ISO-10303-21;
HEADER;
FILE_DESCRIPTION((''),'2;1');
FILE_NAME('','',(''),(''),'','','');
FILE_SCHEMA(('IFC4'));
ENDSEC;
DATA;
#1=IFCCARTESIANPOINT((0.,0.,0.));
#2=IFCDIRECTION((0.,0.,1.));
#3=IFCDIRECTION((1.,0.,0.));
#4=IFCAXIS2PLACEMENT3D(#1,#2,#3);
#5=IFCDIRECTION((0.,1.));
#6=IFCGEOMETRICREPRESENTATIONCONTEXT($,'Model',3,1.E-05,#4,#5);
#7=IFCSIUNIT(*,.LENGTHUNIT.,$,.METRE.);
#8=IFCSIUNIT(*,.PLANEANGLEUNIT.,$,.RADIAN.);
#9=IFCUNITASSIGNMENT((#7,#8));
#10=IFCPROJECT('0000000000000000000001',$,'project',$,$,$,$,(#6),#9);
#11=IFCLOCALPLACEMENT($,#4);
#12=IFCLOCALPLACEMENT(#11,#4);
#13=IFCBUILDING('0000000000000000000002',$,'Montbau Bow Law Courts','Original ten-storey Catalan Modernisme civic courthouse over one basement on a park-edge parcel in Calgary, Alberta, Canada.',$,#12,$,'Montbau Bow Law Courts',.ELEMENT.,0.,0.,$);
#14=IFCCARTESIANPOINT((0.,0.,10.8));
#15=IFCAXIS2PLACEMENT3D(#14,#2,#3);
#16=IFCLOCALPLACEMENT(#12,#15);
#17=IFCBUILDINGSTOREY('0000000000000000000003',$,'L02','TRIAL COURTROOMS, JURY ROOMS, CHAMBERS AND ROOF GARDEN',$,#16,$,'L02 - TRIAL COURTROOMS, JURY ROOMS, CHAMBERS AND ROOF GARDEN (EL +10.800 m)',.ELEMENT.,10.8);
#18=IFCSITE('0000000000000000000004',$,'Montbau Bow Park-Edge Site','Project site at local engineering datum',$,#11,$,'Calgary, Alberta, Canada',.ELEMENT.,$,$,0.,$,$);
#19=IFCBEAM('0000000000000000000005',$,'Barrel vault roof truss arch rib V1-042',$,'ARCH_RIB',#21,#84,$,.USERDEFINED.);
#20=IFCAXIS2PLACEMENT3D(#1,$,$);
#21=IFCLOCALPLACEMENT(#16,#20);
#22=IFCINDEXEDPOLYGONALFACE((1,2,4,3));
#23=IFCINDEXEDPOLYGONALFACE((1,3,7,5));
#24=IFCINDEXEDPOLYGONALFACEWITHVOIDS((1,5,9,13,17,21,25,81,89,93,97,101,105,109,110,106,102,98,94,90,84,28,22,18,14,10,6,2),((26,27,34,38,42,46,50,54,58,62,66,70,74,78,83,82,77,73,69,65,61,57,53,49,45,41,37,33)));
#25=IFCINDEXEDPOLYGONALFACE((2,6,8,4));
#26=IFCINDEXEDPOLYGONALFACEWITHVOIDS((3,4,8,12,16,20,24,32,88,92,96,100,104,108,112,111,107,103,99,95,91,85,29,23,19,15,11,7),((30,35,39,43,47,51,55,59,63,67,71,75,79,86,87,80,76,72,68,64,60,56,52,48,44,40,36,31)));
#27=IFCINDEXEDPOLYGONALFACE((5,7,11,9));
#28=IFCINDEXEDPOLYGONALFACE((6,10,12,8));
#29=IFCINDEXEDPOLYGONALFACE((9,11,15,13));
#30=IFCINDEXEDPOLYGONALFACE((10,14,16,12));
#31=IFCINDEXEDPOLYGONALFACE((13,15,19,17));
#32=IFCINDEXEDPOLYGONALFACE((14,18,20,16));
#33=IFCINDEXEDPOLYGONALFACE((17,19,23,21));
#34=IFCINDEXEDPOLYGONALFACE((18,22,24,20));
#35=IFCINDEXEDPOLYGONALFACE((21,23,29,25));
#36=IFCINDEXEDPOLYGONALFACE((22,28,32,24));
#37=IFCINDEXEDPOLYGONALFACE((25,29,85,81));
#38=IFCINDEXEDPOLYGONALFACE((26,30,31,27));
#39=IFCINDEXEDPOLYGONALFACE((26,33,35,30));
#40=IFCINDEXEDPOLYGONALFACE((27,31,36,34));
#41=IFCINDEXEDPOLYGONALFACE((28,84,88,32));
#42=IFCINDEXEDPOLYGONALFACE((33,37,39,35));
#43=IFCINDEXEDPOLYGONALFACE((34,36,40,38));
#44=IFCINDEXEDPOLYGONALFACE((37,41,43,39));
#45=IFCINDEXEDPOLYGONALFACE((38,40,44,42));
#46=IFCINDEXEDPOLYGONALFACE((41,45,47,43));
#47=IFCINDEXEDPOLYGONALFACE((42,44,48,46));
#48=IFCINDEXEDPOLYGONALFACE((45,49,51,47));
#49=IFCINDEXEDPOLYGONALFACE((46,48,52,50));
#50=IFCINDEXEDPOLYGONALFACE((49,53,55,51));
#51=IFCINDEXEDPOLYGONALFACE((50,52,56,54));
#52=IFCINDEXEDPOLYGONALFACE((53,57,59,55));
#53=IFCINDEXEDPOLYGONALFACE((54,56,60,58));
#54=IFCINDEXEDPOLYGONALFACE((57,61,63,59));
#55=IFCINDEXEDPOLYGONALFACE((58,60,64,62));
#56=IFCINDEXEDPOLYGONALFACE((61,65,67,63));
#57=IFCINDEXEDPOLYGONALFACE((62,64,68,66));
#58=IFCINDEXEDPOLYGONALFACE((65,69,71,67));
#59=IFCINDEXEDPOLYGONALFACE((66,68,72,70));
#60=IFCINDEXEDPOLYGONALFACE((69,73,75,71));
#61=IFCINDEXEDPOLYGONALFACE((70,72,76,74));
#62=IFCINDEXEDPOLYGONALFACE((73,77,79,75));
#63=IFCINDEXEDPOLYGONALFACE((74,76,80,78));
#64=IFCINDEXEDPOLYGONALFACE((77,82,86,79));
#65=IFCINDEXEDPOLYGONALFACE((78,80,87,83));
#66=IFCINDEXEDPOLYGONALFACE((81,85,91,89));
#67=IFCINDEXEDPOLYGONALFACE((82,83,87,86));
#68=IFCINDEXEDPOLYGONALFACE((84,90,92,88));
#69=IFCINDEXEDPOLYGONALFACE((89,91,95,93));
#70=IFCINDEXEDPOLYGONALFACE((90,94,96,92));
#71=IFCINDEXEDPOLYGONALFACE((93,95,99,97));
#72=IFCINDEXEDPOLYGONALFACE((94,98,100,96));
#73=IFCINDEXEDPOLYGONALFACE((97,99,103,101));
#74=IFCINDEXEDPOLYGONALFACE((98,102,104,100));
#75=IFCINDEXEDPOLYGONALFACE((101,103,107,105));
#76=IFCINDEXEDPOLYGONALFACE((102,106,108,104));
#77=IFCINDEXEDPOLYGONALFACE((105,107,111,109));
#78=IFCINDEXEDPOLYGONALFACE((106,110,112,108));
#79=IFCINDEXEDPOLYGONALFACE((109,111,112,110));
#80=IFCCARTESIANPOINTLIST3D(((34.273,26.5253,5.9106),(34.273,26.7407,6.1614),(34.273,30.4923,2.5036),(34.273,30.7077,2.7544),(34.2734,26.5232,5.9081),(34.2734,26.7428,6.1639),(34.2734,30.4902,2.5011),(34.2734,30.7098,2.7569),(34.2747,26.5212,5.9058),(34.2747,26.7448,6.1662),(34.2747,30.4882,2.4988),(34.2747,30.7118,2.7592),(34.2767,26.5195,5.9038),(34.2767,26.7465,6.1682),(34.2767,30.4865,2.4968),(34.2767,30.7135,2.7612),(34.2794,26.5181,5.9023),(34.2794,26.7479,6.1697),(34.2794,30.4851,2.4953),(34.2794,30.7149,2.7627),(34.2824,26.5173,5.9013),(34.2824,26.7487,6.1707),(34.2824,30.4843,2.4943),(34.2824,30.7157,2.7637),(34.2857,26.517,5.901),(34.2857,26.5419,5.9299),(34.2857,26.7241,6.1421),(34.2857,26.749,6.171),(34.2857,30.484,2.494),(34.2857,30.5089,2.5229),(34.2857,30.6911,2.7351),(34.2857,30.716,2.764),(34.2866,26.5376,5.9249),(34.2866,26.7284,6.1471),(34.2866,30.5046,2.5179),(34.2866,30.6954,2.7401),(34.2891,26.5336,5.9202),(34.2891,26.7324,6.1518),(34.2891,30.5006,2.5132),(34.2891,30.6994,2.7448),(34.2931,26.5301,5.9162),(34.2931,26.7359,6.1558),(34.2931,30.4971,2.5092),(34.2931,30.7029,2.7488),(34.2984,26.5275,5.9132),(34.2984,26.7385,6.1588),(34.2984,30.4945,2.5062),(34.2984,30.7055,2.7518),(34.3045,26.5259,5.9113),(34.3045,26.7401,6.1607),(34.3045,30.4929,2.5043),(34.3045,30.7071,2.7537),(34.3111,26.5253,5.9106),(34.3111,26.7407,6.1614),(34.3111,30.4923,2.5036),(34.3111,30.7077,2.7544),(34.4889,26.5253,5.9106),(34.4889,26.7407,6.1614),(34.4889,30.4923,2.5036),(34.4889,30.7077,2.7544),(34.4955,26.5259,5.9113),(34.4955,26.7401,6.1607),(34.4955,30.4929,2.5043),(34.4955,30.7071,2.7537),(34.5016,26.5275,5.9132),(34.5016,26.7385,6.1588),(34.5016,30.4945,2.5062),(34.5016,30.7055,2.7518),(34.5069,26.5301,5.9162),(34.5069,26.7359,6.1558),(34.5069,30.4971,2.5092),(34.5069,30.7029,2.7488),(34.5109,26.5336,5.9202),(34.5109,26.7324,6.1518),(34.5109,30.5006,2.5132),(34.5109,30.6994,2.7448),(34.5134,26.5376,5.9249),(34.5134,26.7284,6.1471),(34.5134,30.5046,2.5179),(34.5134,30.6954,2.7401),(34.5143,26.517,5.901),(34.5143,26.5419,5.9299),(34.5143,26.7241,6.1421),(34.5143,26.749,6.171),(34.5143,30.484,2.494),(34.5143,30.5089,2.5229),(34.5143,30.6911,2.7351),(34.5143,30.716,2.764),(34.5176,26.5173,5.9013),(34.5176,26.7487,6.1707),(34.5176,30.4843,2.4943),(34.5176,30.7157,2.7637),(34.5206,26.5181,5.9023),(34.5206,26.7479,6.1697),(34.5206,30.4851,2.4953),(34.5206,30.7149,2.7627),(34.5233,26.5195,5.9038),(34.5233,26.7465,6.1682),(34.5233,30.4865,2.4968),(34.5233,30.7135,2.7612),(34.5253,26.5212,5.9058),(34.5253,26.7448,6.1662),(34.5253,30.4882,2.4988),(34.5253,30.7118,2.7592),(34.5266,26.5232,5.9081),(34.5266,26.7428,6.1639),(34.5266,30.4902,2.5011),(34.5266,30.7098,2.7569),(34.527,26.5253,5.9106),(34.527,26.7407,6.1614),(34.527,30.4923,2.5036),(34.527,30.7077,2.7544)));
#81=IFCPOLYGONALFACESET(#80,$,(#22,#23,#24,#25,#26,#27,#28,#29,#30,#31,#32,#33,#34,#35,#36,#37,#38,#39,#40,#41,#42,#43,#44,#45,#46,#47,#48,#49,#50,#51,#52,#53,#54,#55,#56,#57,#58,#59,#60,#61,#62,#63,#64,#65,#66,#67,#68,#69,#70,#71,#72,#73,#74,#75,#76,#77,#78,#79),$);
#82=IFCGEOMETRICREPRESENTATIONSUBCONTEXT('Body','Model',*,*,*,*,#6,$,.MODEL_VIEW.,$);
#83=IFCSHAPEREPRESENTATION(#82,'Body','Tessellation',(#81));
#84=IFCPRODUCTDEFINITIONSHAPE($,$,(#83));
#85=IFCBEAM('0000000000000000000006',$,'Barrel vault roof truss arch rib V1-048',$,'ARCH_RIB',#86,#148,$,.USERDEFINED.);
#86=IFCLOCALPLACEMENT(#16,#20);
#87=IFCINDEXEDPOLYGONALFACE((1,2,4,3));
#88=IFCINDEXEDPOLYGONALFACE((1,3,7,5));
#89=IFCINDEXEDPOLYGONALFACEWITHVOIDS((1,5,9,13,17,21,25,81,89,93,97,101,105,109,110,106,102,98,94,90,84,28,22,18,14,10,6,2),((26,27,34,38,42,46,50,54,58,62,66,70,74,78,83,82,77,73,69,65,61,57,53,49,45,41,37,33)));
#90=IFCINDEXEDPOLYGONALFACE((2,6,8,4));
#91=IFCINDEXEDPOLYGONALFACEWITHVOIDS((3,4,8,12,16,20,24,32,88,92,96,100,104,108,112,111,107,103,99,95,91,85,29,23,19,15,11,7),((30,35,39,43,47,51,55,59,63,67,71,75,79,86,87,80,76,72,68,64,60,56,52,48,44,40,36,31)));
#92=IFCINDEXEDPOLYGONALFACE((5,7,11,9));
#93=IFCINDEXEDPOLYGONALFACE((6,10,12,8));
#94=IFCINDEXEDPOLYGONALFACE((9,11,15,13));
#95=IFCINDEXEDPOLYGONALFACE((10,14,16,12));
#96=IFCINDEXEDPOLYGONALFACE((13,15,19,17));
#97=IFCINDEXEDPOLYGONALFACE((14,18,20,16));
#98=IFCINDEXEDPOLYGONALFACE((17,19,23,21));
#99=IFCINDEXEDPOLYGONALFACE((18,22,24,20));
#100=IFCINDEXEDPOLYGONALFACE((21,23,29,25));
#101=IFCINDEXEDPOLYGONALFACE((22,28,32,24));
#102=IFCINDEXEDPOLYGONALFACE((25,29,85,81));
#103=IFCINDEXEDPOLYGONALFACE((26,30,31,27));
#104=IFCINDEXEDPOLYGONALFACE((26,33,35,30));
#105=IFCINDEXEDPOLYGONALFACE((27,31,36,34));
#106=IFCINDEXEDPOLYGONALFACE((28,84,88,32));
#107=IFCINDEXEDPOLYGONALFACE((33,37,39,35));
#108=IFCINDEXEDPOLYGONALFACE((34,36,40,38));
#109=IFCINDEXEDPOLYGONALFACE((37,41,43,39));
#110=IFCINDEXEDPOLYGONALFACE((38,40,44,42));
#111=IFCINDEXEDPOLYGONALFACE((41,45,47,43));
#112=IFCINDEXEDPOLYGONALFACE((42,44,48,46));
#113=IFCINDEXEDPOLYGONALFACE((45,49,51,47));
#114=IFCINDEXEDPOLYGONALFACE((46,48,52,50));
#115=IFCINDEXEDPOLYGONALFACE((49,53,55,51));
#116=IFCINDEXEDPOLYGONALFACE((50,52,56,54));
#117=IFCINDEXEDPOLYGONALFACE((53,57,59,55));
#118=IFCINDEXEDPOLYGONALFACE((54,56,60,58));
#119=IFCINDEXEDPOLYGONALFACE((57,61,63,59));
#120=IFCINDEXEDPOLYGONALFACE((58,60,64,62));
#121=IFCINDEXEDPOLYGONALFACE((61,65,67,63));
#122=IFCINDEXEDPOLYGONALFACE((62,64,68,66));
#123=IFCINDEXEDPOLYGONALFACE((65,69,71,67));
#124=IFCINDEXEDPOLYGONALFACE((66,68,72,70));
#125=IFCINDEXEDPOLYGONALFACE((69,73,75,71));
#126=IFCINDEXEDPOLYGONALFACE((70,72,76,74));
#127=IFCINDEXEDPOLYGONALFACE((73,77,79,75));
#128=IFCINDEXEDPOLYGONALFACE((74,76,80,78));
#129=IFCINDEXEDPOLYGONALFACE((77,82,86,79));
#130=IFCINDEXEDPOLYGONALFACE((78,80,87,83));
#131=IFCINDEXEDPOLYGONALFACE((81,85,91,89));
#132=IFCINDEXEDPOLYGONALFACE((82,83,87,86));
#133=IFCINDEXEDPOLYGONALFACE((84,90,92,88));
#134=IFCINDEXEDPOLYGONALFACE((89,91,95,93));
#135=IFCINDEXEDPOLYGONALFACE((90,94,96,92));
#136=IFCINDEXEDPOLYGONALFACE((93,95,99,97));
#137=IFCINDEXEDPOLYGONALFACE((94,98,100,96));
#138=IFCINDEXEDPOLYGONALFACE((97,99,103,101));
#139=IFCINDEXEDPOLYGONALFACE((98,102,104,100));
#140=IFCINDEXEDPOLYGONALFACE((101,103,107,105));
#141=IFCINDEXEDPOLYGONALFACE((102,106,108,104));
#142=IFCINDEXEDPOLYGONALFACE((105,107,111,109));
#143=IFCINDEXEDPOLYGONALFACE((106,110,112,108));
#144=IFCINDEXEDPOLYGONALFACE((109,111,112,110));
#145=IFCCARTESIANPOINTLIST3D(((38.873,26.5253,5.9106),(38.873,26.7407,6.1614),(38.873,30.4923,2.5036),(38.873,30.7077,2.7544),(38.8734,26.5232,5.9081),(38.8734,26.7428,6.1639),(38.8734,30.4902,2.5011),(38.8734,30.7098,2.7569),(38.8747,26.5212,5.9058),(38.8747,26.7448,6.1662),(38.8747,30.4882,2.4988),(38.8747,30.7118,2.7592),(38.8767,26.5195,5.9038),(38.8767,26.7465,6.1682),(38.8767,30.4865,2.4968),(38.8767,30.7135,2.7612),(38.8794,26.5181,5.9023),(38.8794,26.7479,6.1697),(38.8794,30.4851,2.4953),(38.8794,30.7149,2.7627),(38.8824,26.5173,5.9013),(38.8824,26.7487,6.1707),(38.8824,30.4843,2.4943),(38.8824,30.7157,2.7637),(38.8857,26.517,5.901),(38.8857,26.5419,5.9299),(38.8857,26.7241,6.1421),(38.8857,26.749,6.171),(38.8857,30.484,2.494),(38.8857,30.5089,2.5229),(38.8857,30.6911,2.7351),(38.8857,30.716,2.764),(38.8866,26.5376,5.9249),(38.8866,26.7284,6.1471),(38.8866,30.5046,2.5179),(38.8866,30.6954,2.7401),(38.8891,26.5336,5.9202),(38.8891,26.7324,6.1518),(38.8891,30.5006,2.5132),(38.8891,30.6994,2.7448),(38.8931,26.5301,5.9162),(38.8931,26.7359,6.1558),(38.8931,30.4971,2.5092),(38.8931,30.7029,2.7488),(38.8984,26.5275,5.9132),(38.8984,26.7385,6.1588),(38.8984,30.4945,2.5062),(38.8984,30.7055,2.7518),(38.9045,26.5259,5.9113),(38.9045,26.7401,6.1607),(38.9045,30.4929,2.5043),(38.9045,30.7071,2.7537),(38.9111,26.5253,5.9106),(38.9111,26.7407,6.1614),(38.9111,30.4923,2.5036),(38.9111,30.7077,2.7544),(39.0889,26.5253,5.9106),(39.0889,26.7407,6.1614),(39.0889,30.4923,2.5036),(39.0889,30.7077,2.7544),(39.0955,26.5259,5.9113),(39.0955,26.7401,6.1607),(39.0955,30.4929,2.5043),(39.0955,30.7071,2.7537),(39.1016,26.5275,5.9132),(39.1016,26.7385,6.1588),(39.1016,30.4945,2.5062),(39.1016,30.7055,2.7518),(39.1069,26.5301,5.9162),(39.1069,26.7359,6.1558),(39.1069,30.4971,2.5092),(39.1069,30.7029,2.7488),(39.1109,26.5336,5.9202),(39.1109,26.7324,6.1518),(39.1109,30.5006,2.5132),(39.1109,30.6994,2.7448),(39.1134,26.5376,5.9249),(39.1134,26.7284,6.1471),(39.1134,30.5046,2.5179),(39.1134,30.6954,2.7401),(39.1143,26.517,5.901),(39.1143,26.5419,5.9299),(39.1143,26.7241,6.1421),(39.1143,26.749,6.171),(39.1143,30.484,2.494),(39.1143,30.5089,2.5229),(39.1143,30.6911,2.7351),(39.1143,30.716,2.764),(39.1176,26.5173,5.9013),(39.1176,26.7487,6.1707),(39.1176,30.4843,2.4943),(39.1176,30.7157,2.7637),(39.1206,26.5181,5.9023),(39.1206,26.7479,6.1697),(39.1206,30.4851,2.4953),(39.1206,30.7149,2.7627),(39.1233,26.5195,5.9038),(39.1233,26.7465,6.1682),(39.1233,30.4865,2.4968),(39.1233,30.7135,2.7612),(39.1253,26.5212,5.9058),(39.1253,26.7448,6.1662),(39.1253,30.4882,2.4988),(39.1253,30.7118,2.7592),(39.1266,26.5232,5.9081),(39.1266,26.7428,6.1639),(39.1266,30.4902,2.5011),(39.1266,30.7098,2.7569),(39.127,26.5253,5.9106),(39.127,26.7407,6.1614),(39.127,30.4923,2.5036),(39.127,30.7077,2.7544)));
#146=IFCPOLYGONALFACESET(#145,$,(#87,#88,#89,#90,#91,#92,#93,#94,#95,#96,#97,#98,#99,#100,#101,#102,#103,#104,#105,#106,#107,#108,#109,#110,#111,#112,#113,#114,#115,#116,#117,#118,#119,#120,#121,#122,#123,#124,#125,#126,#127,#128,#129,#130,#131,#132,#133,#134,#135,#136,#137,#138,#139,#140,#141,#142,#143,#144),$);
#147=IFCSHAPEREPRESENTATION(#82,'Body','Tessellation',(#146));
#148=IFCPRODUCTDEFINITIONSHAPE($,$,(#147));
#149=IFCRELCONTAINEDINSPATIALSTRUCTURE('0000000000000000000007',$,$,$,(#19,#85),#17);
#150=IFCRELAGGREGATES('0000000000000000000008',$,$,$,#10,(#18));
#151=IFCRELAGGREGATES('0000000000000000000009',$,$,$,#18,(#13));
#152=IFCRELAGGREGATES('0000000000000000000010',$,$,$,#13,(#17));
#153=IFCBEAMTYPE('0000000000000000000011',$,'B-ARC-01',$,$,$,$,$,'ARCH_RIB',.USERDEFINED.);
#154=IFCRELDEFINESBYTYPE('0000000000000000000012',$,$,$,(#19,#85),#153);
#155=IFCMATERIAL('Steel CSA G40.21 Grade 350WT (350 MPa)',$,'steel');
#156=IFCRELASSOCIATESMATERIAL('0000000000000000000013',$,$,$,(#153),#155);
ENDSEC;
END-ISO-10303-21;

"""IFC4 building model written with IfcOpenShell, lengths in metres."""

from ifc_helpers import new_model, si_unit, direction, frame, origin_with_axes, origin_2d_with_axis, place, context, subcontext, project, spatial, hollow_rectangle, extrude, material, material_profile, profile_set, type_object, element, save


model = new_model("IFC4")

# Units and contexts
model_context = context("Model", 3, precision=1e-05, world=origin_with_axes(), true_north=direction((0.0, 1.0)))
body_context = subcontext(model_context, "Body", "Model", "MODEL_VIEW")
ifc_project = project(units=[si_unit("LENGTHUNIT", "METRE"), si_unit("PLANEANGLEUNIT", "RADIAN")], contexts=[model_context])

# Site, building, storey
site_placement = place(None, origin_with_axes())
site = spatial("IfcSite", under=ifc_project, at=site_placement, Name="Montbau Bow Park-Edge Site", Description="Project site at local engineering datum", LongName="Calgary, Alberta, Canada", CompositionType="ELEMENT", RefElevation=0.0)
building_placement = place(site_placement, origin_with_axes())
building = spatial("IfcBuilding", under=site, at=building_placement, Name="Montbau Bow Law Courts", Description="Original ten-storey Catalan Modernisme civic courthouse over one basement on a park-edge parcel in Calgary, Alberta, Canada.", LongName="Montbau Bow Law Courts", CompositionType="ELEMENT", ElevationOfRefHeight=0.0, ElevationOfTerrain=0.0)
storey_placement = place(building_placement, frame((0.0, 0.0, 10.8), z_axis=(0.0, 0.0, 1.0), x_axis=(1.0, 0.0, 0.0)))
storey = spatial("IfcBuildingStorey", under=building, at=storey_placement, Name="L02", Description="TRIAL COURTROOMS, JURY ROOMS, CHAMBERS AND ROOF GARDEN", LongName="L02 - TRIAL COURTROOMS, JURY ROOMS, CHAMBERS AND ROOF GARDEN (EL +10.800 m)", CompositionType="ELEMENT", Elevation=10.8)

# Beams
ifc_material_1 = material(Name="Steel CSA G40.21 Grade 350WT (350 MPa)", Category="steel")
ifc_material_profile_1 = material_profile(ifc_material_1, hollow_rectangle(XDim=0.254, YDim=0.356, WallThickness=0.0127, InnerFilletRadius=0.0254, OuterFilletRadius=0.0127, at=origin_2d_with_axis()), Name="HSS356X254X13", Category="Main", Priority=0)
ifc_profile_set_1 = profile_set([ifc_material_profile_1], Name="Steel CSA G40.21 Grade 350WT (350 MPa)")
beam_type = type_object("IfcBeamType", Name="B-ARC-01", ElementType="ARCH_RIB", PredefinedType="USERDEFINED", material=ifc_profile_set_1)
for number, where, z_axis, x_axis, name in (
    (1, (34.4, 26.633, 16.836), (0.0, 0.758622, -0.651531), (-1.0, 0.0, 0.0), "Barrel vault roof truss arch rib V1-042"),
    (2, (39.0, 26.633, 16.836), (0.0, 0.758622, -0.651531), (-1.0, 0.0, 0.0), "Barrel vault roof truss arch rib V1-048"),
):
    element("IfcBeam", number, at=place(None, frame(where, z_axis=z_axis, x_axis=x_axis)), inside=storey, type_object=beam_type, Name=name, ObjectType="ARCH_RIB", PredefinedType="USERDEFINED", context=body_context, shape_type="SweptSolid", body=[
        extrude(hollow_rectangle(XDim=0.254, YDim=0.356, WallThickness=0.0127, InnerFilletRadius=0.0254, OuterFilletRadius=0.0127, at=origin_2d_with_axis()), origin_with_axes(), (0.0, 0.0, 1.0), 5.2292),
    ])

save(model, "model.ifc")
